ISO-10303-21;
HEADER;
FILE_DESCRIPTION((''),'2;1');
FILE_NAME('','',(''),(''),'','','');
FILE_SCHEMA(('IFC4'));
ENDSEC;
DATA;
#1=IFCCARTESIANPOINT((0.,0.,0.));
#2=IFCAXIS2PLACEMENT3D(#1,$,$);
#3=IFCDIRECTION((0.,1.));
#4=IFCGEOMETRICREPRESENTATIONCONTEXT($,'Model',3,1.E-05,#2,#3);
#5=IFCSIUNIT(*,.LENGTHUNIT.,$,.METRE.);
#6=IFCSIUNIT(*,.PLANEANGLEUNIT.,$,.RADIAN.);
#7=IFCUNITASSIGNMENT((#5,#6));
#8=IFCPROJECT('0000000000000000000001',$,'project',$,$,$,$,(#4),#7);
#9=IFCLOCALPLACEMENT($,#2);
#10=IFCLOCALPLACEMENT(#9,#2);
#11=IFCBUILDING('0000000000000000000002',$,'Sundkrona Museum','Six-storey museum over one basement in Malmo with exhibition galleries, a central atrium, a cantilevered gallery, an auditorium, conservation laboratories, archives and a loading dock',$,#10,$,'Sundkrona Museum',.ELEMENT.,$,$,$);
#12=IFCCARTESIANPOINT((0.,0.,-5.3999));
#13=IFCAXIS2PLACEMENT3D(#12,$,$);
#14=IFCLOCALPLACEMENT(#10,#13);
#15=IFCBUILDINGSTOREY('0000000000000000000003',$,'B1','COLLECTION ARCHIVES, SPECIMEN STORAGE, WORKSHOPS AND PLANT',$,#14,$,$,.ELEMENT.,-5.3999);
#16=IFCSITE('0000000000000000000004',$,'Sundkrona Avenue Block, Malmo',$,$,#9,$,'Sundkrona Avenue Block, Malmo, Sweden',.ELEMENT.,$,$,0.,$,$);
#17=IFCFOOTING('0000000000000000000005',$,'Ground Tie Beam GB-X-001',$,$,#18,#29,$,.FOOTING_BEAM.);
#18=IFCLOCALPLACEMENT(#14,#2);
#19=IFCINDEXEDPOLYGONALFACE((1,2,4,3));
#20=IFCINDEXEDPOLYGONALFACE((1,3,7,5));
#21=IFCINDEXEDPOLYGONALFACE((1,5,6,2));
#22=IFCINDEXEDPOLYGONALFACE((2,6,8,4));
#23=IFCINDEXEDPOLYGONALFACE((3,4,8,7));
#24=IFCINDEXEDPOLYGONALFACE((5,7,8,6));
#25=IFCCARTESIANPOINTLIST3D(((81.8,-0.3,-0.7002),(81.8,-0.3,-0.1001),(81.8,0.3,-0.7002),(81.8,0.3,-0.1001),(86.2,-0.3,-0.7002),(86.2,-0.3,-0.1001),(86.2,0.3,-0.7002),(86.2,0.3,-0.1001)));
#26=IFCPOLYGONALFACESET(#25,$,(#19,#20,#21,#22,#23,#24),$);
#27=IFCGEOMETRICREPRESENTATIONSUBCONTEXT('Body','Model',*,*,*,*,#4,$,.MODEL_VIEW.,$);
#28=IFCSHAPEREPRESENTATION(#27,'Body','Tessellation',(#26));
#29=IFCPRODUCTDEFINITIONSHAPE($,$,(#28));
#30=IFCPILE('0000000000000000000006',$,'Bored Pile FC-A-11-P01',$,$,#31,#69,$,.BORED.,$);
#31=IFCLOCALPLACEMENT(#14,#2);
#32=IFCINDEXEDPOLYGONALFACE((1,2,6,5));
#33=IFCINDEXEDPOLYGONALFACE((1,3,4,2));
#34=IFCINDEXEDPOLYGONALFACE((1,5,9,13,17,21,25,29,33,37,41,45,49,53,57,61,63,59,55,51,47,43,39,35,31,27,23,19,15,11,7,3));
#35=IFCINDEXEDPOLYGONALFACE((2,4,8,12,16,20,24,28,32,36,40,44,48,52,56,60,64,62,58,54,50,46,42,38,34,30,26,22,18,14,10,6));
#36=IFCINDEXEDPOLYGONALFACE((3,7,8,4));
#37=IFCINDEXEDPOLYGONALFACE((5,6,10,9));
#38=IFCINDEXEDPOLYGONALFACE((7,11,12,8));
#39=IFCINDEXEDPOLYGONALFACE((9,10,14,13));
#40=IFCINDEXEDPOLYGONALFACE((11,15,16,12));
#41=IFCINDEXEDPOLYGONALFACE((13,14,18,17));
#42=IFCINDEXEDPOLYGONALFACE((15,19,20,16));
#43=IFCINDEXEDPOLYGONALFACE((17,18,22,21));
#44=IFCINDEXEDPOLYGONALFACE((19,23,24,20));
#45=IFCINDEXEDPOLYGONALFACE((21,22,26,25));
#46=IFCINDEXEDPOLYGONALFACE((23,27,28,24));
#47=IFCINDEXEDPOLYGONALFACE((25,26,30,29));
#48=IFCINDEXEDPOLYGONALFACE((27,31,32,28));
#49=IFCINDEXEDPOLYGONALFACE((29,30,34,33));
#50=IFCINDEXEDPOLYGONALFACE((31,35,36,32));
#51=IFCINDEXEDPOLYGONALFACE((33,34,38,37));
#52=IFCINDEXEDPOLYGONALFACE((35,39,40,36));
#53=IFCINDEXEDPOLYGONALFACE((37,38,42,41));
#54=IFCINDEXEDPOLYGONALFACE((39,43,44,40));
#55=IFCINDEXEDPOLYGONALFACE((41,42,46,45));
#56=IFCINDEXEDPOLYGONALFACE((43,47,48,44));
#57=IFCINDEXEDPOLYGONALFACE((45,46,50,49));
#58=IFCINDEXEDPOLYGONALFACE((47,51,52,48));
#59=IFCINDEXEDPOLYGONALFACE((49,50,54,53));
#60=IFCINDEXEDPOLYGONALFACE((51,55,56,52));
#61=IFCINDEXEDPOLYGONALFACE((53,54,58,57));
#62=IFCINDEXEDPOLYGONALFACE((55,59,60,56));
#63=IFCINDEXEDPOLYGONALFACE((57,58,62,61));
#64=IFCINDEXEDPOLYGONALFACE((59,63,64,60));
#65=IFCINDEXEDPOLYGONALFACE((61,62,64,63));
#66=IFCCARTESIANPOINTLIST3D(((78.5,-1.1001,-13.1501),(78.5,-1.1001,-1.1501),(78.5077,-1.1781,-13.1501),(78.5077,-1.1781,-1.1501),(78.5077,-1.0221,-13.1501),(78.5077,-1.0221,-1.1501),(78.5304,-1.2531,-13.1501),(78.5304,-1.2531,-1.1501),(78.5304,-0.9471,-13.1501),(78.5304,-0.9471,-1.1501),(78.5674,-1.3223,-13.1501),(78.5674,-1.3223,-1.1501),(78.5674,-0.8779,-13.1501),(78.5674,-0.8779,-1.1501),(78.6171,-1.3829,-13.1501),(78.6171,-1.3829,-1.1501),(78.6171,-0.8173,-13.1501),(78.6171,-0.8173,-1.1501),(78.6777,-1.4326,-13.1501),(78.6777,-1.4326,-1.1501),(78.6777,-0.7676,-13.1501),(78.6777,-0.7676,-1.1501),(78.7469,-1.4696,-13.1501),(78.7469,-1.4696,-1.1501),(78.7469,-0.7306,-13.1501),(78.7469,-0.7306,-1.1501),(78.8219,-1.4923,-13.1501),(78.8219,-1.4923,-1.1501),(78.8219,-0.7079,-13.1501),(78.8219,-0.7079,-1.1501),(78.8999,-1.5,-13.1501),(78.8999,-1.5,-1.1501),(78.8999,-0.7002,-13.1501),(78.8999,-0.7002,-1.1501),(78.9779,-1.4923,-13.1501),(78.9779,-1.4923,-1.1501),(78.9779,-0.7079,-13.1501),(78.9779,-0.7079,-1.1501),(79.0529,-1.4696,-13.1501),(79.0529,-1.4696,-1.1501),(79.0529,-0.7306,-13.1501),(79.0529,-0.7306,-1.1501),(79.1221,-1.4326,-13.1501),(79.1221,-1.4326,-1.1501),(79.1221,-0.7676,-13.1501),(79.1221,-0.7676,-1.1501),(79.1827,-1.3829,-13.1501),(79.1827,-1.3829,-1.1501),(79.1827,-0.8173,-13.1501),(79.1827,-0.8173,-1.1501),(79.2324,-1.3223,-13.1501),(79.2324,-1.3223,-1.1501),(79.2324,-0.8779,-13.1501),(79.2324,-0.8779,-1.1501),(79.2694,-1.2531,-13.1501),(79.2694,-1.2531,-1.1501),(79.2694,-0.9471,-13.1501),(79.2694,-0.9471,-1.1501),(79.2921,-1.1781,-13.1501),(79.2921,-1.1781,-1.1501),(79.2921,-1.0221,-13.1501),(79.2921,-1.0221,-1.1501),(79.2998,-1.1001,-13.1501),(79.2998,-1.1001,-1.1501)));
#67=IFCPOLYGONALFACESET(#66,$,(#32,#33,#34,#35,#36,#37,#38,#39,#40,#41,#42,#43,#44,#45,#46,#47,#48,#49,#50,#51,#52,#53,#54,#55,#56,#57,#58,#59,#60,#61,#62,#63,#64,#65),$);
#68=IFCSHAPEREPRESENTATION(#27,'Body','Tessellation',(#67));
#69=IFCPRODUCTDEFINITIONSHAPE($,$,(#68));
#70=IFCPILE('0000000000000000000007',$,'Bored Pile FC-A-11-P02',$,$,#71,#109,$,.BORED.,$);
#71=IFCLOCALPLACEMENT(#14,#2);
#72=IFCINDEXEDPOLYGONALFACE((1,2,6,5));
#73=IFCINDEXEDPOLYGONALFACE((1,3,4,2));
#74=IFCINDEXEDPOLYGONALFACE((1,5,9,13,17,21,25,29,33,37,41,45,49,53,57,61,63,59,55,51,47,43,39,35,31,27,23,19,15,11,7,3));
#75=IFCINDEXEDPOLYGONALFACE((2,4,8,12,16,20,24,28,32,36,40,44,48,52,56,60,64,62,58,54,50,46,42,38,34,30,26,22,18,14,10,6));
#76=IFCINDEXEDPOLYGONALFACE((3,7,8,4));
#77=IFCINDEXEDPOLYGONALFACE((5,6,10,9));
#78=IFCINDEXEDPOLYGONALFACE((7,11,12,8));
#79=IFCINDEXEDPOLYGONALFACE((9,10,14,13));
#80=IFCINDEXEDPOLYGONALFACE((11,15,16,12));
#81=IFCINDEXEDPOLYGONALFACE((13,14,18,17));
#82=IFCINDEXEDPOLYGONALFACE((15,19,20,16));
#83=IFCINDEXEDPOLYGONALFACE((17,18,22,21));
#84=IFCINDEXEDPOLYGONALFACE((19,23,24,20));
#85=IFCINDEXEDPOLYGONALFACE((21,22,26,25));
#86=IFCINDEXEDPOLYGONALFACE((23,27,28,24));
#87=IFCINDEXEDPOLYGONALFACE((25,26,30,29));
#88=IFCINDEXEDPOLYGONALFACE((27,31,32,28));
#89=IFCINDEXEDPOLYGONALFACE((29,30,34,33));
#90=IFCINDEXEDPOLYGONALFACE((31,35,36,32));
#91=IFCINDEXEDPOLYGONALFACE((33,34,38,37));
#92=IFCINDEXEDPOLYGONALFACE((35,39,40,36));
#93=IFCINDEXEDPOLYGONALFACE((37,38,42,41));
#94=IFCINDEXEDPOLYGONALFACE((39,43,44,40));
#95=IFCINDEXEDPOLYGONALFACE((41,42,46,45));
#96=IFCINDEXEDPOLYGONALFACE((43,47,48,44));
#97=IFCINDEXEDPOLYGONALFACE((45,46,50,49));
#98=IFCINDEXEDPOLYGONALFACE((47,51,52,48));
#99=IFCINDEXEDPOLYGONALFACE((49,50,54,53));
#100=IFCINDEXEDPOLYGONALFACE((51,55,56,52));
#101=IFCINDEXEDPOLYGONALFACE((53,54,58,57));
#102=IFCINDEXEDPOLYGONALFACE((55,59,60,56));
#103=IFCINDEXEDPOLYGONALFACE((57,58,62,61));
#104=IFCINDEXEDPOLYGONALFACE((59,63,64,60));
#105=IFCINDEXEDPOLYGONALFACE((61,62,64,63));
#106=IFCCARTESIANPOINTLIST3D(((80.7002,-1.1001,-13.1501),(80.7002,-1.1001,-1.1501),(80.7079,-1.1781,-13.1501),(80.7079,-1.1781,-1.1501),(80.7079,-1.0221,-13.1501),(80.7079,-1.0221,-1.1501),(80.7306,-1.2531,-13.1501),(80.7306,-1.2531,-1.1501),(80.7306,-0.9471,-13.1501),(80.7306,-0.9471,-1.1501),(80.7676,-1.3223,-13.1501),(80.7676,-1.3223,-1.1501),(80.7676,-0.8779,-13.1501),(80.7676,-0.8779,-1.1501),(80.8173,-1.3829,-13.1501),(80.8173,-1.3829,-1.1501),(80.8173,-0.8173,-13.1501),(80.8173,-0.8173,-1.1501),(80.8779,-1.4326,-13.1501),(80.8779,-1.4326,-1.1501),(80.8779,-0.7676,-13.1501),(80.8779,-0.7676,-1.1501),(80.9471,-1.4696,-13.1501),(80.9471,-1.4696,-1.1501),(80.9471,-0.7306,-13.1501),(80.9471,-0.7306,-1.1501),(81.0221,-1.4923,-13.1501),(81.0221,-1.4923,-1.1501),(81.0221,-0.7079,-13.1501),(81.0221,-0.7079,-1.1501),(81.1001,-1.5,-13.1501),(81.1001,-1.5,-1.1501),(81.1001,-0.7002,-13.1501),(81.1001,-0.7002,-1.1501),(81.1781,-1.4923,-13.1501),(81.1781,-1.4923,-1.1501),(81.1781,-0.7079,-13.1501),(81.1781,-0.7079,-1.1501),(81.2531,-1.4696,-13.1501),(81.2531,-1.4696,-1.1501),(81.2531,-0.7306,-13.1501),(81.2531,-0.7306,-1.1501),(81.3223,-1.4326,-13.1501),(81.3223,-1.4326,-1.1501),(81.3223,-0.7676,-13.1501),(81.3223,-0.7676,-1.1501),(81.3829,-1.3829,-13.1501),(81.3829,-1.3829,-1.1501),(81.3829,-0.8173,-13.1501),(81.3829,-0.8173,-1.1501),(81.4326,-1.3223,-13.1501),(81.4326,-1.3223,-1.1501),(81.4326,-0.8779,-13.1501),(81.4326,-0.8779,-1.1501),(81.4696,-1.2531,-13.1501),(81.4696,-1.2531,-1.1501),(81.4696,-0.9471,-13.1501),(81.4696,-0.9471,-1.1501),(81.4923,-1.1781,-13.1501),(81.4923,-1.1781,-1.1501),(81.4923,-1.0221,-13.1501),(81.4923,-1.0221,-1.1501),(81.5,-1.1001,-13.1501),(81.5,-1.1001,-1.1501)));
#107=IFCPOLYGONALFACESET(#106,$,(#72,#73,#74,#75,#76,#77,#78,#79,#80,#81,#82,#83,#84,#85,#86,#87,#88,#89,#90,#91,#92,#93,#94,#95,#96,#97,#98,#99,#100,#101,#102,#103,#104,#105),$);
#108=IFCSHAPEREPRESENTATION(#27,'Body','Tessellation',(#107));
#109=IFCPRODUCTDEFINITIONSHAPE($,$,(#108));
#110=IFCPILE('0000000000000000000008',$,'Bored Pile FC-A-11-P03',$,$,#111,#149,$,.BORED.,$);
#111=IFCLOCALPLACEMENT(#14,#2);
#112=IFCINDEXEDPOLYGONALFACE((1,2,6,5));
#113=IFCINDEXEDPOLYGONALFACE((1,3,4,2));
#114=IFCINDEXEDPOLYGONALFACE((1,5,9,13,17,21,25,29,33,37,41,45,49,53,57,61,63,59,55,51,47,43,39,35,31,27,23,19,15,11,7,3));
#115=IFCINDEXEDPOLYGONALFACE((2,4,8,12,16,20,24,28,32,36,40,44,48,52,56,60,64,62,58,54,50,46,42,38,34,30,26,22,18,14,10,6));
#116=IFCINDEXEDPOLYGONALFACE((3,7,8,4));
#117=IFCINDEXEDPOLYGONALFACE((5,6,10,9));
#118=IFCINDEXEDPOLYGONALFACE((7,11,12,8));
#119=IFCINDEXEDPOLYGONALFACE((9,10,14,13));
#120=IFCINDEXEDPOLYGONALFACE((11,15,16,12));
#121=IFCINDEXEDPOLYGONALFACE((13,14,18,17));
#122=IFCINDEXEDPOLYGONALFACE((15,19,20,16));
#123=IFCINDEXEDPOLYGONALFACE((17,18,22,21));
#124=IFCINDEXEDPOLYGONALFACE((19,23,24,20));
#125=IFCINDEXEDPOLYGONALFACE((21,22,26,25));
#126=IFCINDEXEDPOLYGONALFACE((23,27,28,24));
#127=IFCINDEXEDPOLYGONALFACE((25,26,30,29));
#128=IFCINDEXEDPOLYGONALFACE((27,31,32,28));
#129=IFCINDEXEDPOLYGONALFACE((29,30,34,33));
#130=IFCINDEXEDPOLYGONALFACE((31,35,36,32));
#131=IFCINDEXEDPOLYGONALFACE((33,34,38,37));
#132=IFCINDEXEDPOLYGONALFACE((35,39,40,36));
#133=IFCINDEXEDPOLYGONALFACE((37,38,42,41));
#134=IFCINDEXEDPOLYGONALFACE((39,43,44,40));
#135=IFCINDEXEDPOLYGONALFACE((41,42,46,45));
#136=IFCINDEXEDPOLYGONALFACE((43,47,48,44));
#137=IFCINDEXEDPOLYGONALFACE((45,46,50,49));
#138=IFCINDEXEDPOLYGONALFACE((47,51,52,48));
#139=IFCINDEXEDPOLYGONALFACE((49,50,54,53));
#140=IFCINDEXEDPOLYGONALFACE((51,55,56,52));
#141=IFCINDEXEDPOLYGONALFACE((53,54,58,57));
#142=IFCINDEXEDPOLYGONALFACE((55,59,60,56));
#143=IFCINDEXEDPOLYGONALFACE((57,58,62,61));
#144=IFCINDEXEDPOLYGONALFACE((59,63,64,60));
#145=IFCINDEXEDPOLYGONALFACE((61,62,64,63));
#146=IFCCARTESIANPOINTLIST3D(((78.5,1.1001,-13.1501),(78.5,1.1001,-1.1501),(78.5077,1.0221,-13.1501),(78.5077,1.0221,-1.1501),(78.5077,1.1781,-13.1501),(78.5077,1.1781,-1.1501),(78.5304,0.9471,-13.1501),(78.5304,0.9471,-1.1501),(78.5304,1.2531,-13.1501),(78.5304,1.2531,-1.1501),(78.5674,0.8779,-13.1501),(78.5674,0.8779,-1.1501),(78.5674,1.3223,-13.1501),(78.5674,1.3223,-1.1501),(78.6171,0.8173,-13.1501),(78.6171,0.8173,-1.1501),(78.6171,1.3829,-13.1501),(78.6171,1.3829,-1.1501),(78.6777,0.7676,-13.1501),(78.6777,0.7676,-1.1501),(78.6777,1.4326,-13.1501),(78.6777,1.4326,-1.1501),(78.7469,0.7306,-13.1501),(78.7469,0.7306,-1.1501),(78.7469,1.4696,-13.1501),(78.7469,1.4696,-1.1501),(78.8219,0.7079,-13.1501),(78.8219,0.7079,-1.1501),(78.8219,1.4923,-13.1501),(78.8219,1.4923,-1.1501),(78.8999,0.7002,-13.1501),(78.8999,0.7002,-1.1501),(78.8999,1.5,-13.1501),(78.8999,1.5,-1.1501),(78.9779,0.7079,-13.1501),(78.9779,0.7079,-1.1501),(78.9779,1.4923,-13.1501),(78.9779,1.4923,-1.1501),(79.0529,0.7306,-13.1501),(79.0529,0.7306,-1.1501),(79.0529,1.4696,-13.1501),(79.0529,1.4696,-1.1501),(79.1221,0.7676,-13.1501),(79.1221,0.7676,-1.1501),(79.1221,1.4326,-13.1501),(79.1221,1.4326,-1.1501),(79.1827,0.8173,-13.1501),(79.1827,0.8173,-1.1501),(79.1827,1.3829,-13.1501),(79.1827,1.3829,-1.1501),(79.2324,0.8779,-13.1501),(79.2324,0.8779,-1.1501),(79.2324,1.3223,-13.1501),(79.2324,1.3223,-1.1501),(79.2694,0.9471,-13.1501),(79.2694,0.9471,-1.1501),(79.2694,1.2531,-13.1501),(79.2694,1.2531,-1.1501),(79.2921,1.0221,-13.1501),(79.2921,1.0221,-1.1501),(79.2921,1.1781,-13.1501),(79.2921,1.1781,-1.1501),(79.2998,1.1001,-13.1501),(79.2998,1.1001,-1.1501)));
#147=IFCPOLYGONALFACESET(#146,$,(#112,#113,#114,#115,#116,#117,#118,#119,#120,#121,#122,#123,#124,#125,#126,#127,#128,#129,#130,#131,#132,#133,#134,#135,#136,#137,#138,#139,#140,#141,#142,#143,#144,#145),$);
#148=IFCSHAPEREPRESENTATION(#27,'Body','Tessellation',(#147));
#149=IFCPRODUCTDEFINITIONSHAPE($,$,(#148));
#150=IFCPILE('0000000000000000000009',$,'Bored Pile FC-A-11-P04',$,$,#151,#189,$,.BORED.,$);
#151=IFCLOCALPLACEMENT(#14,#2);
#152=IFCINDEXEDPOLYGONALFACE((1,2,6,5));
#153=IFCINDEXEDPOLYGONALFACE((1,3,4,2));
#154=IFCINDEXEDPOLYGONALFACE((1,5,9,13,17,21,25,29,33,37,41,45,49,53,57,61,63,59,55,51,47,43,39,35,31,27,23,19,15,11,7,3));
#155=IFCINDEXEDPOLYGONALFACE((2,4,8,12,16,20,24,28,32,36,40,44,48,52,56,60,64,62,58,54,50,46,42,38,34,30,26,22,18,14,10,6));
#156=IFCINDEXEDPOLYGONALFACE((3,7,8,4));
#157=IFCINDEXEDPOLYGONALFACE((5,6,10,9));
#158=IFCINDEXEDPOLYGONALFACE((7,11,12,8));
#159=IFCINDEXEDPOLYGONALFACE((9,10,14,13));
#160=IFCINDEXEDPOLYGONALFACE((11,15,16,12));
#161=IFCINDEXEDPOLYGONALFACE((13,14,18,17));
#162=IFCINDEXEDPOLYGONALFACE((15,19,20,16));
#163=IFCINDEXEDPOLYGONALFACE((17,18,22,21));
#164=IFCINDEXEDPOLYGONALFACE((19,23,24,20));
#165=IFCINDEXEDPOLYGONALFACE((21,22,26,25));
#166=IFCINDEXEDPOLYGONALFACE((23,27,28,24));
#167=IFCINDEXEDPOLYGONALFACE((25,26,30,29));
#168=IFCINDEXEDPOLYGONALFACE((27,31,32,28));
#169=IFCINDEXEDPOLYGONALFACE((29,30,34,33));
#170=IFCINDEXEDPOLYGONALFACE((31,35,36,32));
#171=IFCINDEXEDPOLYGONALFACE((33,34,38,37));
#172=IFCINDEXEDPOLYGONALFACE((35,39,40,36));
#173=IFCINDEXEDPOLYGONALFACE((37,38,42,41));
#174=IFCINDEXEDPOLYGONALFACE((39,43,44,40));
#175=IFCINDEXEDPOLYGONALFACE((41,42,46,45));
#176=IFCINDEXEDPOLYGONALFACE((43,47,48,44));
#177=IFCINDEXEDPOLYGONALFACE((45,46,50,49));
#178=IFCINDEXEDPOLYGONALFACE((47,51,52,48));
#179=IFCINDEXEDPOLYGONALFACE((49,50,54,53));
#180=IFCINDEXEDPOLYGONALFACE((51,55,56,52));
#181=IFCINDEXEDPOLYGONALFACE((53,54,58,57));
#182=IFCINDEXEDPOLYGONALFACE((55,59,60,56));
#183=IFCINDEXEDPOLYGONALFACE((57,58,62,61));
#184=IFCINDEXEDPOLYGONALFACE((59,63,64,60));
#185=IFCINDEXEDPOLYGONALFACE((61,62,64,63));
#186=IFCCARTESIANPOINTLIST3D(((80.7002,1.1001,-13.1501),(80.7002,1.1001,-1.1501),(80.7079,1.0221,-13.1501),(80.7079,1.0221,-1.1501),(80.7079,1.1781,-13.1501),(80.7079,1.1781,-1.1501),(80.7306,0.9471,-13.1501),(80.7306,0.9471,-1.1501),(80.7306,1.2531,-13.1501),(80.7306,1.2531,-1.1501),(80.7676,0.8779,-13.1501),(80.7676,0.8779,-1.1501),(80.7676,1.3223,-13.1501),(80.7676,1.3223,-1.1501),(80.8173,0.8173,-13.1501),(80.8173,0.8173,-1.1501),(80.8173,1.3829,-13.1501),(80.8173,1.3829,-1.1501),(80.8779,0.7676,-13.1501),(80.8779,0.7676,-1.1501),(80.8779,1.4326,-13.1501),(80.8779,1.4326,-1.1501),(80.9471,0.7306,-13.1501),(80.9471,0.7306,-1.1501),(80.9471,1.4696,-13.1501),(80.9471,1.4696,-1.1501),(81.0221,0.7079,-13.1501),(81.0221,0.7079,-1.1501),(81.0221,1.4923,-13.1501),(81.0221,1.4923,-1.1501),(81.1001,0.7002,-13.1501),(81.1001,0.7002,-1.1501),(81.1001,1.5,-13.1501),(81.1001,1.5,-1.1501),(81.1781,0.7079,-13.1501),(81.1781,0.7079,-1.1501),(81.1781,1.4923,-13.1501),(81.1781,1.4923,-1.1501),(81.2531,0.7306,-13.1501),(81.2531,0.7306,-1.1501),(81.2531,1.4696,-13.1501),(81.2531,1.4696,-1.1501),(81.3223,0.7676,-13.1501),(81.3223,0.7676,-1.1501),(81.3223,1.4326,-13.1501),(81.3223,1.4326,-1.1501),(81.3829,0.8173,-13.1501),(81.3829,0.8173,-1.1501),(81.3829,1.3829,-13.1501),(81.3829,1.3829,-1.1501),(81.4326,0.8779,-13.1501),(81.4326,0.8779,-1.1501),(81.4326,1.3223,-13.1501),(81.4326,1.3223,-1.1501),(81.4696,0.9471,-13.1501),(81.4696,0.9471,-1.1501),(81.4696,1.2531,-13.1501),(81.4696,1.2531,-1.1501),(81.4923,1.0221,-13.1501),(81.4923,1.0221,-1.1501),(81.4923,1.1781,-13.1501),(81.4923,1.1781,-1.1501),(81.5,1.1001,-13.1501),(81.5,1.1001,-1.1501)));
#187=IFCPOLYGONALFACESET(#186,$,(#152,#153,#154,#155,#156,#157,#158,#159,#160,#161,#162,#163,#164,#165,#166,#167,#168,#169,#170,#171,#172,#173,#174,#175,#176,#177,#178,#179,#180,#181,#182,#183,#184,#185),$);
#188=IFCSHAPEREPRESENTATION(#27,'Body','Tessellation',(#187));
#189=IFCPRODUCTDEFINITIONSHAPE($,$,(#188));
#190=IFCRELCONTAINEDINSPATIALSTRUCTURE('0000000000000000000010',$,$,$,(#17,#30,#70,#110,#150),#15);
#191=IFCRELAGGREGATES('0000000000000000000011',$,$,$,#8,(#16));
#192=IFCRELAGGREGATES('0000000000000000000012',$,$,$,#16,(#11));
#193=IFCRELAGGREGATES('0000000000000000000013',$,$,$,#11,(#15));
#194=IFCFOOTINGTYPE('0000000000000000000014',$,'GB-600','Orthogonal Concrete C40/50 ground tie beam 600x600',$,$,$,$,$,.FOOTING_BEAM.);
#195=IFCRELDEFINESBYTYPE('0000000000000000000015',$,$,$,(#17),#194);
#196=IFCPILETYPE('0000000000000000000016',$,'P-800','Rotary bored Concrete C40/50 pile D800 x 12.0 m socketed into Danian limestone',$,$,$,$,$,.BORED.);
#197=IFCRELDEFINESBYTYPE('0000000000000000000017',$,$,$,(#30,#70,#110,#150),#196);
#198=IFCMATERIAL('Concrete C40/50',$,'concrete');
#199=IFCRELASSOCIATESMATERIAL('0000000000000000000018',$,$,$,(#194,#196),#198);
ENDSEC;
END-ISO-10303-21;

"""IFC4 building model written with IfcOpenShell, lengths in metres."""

from ifc_helpers import new_model, si_unit, direction, frame, origin, origin_2d, place, context, subcontext, project, spatial, rectangle, circle, extrude, material, material_profile, profile_set, type_object, element, save


model = new_model("IFC4")

# Units and contexts
model_context = context("Model", 3, precision=1e-05, world=origin(), true_north=direction((0.0, 1.0)))
body_context = subcontext(model_context, "Body", "Model", "MODEL_VIEW")
ifc_project = project(units=[si_unit("LENGTHUNIT", "METRE"), si_unit("PLANEANGLEUNIT", "RADIAN")], contexts=[model_context])

# Site, building, storey
site_placement = place(None, origin())
site = spatial("IfcSite", under=ifc_project, at=site_placement, Name="Sundkrona Avenue Block, Malmo", LongName="Sundkrona Avenue Block, Malmo, Sweden", CompositionType="ELEMENT", RefElevation=0.0)
building_placement = place(site_placement, origin())
building = spatial("IfcBuilding", under=site, at=building_placement, Name="Sundkrona Museum", Description="Six-storey museum over one basement in Malmo with exhibition galleries, a central atrium, a cantilevered gallery, an auditorium, conservation laboratories, archives and a loading dock", LongName="Sundkrona Museum", CompositionType="ELEMENT")
storey_placement = place(building_placement, frame((0.0, 0.0, -5.3999)))
storey = spatial("IfcBuildingStorey", under=building, at=storey_placement, Name="B1", Description="COLLECTION ARCHIVES, SPECIMEN STORAGE, WORKSHOPS AND PLANT", CompositionType="ELEMENT", Elevation=-5.3999)

# Footing
ifc_material_1 = material(Name="Concrete C40/50", Category="concrete")
footing_type_1 = type_object("IfcFootingType", Name="GB-600", Description="Orthogonal Concrete C40/50 ground tie beam 600x600", PredefinedType="FOOTING_BEAM", material=ifc_material_1)
footing_placement = place(storey_placement, frame((84.0, 0.0, -0.7002), z_axis=(0.0, 0.0, 1.0), x_axis=(1.0, 0.0, 0.0)))
element("IfcFooting", 1, at=footing_placement, inside=storey, type_object=footing_type_1, Name="Ground Tie Beam GB-X-001", PredefinedType="FOOTING_BEAM", context=body_context, shape_type="SweptSolid", body=[
    extrude(rectangle(XDim=4.3999, YDim=0.6001, at=origin_2d()), origin(), (0.0, 0.0, 1.0), 0.6001),
])

# Piles
ifc_material_profile_1 = material_profile(ifc_material_1, circle(Radius=0.3999, at=origin_2d()), Name="PILE D800")
ifc_profile_set_1 = profile_set([ifc_material_profile_1], Name="Concrete C40/50")
pile_type = type_object("IfcPileType", Name="P-800", Description="Rotary bored Concrete C40/50 pile D800 x 12.0 m socketed into Danian limestone", PredefinedType="BORED", material=ifc_profile_set_1)
for number, where, z_axis, x_axis, name in (
    (2, (78.8999, -1.1001, -1.1501), (0.0, 0.0, -1.0), (1.0, 0.0, 0.0), "Bored Pile FC-A-11-P01"),
    (3, (81.1001, -1.1001, -1.1501), (0.0, 0.0, -1.0), (1.0, 0.0, 0.0), "Bored Pile FC-A-11-P02"),
    (4, (78.8999, 1.1001, -1.1501), (0.0, 0.0, -1.0), (1.0, 0.0, 0.0), "Bored Pile FC-A-11-P03"),
    (5, (81.1001, 1.1001, -1.1501), (0.0, 0.0, -1.0), (1.0, 0.0, 0.0), "Bored Pile FC-A-11-P04"),
):
    element("IfcPile", number, at=place(storey_placement, frame(where, z_axis=z_axis, x_axis=x_axis)), inside=storey, type_object=pile_type, Name=name, PredefinedType="BORED", context=body_context, shape_type="SweptSolid", body=[
        extrude(circle(Radius=0.3999, at=origin_2d()), origin(), (0.0, 0.0, 1.0), 12.0),
    ])

save(model, "model.ifc")
